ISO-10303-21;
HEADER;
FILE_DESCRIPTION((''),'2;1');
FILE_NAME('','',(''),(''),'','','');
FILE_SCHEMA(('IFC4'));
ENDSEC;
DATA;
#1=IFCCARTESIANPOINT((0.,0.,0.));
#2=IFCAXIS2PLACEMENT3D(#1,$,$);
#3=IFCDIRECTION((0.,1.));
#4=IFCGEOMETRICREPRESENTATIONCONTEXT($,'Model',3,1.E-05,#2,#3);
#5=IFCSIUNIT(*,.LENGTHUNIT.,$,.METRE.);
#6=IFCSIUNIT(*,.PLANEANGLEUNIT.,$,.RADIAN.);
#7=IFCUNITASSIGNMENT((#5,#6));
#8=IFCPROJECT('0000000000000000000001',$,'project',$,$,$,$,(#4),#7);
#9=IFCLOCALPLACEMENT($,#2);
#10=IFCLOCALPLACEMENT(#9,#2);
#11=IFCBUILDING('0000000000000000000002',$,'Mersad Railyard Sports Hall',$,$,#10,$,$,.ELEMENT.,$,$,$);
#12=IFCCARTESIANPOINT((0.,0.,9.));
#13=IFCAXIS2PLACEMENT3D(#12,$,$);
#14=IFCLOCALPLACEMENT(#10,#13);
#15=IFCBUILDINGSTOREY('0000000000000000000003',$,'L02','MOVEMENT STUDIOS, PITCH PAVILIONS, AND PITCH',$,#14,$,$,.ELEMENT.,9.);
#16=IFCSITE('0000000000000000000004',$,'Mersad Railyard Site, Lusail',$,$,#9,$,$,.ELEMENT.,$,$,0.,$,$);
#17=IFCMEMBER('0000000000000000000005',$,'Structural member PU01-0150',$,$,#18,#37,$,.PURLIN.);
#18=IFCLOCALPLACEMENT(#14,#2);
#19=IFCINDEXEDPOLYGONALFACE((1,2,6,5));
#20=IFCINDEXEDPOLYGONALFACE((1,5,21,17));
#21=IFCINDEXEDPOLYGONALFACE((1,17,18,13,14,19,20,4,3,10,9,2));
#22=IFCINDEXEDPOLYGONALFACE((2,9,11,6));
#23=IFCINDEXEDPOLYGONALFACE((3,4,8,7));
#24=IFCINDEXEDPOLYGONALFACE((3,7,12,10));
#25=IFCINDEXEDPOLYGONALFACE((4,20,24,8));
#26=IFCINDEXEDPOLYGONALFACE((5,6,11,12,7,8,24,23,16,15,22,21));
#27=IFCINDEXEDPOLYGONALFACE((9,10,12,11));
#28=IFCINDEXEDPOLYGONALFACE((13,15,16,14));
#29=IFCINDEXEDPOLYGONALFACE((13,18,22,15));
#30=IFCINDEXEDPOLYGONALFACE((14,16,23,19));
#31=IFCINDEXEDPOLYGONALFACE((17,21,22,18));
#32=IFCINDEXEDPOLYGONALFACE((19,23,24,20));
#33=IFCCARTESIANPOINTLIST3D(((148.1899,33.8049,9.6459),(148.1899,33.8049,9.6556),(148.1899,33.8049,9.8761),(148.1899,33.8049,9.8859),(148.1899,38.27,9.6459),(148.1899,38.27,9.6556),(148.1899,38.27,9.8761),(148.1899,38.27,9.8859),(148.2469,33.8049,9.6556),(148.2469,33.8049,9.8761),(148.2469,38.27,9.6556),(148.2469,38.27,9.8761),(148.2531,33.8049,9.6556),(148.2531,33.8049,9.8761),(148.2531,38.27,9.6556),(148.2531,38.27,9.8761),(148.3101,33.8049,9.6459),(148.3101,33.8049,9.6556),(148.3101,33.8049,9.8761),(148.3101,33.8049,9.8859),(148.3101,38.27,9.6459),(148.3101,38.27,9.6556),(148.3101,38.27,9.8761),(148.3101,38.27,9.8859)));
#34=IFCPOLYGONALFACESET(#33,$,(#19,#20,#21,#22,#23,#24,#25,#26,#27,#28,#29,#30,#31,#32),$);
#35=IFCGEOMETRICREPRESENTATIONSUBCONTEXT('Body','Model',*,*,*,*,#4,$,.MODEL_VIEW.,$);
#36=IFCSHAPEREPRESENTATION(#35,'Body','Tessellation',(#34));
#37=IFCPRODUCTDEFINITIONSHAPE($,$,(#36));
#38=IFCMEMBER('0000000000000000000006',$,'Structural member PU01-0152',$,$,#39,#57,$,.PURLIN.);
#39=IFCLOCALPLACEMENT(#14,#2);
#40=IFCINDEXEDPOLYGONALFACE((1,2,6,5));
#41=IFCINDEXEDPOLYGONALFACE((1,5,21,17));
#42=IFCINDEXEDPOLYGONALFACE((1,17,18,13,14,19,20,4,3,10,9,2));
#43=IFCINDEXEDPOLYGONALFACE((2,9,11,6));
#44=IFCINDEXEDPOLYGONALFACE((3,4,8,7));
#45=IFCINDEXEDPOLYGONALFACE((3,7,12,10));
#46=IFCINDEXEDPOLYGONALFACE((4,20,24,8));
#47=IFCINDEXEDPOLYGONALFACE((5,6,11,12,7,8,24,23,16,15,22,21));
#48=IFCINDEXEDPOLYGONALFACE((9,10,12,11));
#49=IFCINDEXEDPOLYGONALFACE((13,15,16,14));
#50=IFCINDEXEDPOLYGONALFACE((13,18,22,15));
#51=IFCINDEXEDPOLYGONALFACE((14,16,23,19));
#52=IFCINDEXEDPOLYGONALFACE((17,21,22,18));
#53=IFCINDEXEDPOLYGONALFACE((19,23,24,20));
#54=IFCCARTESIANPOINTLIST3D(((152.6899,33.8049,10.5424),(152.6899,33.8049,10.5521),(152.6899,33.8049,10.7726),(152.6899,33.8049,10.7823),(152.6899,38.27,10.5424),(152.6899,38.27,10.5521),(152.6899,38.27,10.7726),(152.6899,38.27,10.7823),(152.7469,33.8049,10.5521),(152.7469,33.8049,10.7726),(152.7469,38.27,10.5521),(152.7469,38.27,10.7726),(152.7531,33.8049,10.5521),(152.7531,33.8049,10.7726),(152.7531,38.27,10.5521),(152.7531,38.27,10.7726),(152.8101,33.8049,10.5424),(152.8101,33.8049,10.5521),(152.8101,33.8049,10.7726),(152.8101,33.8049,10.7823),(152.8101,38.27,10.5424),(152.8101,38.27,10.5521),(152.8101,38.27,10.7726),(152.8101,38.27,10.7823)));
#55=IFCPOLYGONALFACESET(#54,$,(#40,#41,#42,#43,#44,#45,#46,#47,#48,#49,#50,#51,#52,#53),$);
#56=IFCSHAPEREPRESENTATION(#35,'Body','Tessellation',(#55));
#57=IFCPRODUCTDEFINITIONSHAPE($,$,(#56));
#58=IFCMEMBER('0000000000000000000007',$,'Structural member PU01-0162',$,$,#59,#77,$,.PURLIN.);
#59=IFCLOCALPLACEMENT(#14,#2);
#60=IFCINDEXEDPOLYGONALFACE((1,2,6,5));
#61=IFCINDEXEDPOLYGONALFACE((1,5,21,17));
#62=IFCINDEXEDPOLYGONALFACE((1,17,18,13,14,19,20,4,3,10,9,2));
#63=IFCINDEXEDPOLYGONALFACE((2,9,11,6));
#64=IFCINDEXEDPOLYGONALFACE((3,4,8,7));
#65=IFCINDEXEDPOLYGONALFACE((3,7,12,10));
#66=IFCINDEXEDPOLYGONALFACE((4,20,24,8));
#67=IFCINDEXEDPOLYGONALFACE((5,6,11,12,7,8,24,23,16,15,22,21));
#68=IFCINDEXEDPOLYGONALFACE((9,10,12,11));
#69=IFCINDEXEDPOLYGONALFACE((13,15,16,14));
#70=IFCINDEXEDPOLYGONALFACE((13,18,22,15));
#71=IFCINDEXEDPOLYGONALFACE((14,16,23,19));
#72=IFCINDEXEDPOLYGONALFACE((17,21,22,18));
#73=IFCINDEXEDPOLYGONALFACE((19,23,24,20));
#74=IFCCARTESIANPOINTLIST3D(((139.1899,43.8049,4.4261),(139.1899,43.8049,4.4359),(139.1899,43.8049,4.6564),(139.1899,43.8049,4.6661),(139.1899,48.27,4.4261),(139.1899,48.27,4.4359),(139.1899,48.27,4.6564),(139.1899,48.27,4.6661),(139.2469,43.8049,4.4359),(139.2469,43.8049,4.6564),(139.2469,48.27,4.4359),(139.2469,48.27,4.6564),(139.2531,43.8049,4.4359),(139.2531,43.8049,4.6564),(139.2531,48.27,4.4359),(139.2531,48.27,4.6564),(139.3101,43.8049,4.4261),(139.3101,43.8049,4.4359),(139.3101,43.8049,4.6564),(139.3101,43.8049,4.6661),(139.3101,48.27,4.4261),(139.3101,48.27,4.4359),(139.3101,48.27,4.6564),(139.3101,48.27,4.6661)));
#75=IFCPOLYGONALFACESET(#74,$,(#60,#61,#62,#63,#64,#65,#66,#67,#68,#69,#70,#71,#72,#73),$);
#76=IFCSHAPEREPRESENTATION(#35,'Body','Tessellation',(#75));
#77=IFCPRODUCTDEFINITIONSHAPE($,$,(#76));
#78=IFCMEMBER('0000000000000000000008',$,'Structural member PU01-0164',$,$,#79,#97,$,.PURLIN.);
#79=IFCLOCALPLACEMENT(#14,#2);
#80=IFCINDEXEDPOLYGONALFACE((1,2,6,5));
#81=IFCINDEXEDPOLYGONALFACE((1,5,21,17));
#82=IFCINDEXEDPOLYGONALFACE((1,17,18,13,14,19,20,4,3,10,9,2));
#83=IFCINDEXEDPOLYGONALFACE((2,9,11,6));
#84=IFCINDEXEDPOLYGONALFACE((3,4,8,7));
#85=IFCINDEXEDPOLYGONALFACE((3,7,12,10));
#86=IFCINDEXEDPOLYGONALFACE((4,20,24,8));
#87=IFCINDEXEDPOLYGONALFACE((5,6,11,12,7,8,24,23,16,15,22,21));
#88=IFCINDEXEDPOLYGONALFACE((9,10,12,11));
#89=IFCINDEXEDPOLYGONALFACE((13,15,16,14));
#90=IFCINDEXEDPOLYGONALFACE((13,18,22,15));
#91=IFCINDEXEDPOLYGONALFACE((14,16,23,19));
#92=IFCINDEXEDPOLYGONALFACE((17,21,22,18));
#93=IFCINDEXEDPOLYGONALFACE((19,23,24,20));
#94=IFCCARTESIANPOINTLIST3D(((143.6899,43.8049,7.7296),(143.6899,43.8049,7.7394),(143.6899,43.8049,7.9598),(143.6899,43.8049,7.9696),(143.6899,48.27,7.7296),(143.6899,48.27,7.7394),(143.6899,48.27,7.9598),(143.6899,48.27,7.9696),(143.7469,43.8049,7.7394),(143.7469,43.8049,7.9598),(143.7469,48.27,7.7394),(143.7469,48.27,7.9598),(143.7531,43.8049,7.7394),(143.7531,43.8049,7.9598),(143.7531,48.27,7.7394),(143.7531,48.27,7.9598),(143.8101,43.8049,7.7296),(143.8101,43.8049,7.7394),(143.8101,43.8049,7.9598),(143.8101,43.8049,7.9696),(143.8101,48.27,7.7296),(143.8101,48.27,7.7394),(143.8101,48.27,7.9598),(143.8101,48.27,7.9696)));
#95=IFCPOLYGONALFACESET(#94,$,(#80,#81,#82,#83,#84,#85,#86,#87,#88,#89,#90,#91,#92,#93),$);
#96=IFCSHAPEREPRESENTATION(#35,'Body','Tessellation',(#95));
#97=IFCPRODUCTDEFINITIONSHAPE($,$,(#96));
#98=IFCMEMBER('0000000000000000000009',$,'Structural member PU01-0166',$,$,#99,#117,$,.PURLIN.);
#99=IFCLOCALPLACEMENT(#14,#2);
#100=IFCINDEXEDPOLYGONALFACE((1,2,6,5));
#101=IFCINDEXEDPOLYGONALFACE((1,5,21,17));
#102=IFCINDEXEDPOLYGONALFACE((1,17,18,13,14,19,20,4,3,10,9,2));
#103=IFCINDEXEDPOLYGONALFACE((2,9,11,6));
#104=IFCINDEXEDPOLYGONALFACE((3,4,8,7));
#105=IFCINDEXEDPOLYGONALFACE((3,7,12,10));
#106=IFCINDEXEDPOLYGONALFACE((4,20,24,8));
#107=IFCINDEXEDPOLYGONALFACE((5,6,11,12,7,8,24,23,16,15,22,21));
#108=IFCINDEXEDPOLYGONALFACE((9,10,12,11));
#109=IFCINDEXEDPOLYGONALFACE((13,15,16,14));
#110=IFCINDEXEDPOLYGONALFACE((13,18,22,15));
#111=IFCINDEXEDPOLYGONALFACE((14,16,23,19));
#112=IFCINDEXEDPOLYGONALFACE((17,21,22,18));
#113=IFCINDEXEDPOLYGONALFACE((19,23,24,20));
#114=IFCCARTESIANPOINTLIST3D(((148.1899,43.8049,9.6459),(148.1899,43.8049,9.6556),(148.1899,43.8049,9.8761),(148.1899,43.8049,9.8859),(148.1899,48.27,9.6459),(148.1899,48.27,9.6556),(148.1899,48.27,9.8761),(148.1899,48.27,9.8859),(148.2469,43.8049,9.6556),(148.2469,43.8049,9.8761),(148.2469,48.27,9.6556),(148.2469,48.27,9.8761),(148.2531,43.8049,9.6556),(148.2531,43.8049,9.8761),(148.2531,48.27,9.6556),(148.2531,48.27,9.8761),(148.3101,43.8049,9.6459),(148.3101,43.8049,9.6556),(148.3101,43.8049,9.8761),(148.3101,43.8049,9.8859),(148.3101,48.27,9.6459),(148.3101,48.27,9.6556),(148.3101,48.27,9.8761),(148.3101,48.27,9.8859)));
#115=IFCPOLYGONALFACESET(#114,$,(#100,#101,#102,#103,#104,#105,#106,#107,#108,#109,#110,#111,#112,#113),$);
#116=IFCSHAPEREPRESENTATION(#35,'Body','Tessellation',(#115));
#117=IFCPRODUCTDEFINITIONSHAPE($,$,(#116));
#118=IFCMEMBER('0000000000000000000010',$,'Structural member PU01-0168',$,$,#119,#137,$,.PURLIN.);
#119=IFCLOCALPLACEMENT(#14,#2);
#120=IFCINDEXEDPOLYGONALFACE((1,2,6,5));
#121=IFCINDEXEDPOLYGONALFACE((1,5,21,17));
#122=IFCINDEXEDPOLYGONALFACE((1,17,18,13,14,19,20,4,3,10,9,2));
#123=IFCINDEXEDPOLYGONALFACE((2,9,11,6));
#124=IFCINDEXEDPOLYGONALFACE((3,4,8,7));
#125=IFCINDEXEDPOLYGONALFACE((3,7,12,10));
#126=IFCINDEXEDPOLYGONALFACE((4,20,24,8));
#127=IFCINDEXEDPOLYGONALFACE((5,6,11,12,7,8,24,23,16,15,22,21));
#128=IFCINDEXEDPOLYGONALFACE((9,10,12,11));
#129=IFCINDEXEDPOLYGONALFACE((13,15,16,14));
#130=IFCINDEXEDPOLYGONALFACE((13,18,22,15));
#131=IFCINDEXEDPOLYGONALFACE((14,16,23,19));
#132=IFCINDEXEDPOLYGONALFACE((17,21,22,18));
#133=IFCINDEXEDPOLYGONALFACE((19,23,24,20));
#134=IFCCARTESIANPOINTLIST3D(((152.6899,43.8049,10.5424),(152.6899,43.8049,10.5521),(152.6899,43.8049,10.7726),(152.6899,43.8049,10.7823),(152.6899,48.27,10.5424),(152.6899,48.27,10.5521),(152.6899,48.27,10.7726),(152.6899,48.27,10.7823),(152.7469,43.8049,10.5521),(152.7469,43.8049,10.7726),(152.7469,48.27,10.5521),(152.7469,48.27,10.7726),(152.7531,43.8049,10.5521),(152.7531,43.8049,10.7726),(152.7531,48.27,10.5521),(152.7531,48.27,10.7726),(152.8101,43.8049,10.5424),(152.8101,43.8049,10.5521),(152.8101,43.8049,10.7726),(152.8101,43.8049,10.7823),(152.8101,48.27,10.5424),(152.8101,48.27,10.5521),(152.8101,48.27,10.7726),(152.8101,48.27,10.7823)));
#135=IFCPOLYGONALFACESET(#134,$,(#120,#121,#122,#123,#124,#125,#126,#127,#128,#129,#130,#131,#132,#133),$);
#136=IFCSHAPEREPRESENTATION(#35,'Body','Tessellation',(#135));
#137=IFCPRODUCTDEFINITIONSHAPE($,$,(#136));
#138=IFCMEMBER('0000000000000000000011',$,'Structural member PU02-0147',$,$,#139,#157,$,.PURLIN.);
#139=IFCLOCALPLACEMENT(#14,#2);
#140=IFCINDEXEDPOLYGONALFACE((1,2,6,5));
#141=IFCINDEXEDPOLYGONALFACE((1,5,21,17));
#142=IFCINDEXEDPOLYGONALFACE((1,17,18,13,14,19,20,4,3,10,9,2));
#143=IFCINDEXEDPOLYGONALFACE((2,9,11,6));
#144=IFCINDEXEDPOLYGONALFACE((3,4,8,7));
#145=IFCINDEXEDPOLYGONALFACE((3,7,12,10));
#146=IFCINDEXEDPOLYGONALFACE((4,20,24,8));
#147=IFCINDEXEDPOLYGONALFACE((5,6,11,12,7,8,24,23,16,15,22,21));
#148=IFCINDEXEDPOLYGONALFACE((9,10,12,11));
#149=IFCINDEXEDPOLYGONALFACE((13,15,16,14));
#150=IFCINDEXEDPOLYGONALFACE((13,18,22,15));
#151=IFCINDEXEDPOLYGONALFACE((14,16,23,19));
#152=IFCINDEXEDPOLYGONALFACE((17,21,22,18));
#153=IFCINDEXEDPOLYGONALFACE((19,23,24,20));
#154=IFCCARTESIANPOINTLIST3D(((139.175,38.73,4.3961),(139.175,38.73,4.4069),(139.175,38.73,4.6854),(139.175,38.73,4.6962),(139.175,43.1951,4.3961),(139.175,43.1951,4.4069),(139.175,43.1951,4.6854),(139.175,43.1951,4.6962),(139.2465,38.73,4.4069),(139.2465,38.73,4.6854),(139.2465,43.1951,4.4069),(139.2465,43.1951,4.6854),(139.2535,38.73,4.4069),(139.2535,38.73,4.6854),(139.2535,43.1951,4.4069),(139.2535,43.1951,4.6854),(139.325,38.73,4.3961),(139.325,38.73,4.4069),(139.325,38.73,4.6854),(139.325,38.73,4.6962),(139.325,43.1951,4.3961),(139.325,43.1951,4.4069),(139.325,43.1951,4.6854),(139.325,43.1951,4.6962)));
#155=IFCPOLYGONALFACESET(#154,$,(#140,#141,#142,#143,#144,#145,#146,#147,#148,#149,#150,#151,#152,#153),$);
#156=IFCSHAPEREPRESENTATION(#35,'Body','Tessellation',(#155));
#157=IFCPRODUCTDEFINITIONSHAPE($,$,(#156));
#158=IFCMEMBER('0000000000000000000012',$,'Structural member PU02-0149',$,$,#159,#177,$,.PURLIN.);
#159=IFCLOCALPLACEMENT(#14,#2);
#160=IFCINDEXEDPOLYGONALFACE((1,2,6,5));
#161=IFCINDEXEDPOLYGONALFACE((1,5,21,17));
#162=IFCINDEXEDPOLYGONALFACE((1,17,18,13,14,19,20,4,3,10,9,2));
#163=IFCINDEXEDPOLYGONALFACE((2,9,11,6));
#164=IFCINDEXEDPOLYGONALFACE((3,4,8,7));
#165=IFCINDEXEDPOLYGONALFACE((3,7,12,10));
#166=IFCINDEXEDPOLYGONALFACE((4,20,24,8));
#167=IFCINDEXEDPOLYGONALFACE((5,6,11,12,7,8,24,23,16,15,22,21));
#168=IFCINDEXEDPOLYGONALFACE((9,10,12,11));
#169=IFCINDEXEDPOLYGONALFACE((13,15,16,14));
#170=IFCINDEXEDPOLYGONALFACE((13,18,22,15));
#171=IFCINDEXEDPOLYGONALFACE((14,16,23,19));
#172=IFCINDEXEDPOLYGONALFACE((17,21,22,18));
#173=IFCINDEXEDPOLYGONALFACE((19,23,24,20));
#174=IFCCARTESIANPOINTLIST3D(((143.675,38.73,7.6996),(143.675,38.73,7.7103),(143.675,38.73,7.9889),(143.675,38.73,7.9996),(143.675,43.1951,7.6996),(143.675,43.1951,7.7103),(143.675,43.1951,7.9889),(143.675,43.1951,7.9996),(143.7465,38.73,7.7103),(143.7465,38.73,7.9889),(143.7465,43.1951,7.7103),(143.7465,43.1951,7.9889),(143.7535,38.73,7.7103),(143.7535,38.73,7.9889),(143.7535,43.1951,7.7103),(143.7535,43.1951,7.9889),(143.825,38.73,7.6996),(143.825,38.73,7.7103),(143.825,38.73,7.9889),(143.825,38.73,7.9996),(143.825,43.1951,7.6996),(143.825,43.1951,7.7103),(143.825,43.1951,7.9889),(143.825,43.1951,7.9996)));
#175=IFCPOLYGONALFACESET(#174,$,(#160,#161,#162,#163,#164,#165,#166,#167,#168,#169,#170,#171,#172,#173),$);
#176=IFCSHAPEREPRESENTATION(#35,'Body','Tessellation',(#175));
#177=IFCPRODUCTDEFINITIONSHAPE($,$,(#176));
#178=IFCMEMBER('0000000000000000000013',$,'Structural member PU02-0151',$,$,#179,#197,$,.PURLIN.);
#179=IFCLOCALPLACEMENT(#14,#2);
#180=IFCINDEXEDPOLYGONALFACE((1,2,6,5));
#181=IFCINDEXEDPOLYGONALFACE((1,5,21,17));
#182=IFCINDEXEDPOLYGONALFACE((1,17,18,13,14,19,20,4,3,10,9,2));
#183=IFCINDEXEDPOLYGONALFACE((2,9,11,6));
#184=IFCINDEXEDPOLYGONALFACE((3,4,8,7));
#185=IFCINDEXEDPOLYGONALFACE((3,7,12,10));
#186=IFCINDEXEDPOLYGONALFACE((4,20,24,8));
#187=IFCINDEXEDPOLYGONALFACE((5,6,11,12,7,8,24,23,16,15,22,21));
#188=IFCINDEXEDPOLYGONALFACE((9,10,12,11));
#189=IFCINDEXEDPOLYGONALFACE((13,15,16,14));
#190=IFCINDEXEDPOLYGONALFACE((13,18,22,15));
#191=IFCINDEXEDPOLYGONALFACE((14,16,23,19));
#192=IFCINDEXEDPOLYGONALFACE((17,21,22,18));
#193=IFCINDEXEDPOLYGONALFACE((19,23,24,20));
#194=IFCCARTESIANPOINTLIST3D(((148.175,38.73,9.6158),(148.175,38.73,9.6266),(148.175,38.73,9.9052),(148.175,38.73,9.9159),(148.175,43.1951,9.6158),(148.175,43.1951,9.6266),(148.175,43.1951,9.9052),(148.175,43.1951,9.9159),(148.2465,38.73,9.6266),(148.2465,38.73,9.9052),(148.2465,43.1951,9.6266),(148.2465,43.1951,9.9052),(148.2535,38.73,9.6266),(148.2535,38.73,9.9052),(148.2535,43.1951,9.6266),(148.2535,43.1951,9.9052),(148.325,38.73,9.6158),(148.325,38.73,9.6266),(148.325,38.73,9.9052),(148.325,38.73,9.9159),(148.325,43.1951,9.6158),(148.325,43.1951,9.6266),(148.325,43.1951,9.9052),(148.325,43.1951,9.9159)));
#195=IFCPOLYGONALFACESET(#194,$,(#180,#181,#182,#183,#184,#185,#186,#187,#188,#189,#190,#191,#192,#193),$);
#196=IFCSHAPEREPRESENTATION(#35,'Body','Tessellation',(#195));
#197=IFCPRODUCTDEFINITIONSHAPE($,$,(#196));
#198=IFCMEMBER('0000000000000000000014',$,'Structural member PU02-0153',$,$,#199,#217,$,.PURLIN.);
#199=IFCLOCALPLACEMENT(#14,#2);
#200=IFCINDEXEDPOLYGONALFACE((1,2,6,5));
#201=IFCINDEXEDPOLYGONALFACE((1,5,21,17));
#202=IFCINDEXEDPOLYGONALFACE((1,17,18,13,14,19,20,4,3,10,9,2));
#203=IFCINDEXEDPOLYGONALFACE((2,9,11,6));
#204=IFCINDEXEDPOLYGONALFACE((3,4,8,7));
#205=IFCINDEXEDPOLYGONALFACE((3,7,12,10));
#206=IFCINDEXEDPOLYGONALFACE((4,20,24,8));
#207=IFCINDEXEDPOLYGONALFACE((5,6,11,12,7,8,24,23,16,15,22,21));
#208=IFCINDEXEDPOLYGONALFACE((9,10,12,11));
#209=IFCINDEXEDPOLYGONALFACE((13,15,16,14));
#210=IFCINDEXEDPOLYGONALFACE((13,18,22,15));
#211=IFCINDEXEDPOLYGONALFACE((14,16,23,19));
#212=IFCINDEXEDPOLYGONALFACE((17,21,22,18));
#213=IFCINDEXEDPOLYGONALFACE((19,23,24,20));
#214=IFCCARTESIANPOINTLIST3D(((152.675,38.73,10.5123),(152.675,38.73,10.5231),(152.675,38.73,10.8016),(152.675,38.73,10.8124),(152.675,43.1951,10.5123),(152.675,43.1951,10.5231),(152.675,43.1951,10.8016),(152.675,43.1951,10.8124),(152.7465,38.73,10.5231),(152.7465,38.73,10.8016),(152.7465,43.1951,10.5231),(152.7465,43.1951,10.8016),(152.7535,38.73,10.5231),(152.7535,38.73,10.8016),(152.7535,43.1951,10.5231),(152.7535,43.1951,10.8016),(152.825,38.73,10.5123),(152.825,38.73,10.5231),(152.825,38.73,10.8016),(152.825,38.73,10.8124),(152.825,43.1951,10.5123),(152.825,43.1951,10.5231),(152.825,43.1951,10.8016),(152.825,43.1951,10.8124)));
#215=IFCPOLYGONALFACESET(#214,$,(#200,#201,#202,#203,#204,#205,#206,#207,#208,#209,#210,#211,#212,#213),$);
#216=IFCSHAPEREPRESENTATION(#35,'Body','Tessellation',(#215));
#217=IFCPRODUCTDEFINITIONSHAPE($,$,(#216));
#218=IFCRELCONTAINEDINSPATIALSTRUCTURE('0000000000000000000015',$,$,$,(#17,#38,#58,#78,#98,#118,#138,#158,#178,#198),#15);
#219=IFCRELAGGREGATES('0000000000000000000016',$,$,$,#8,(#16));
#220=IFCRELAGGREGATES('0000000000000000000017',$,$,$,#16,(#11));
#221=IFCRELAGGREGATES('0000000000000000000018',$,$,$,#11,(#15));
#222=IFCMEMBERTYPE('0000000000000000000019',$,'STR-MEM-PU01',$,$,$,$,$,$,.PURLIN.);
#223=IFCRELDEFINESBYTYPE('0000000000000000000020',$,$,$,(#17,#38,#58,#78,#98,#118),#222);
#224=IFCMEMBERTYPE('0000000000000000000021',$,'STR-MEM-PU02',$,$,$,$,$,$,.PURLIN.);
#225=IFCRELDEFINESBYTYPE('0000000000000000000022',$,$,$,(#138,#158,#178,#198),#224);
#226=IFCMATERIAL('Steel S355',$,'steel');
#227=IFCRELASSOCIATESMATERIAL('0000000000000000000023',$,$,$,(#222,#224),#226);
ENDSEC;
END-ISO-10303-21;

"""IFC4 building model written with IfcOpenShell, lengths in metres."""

from ifc_helpers import new_model, si_unit, direction, frame, origin, origin_2d, place, context, subcontext, project, spatial, i_section, extrude, material, material_profile, profile_set, type_object, element, save


model = new_model("IFC4")

# Units and contexts
model_context = context("Model", 3, precision=1e-05, world=origin(), true_north=direction((0.0, 1.0)))
body_context = subcontext(model_context, "Body", "Model", "MODEL_VIEW")
ifc_project = project(units=[si_unit("LENGTHUNIT", "METRE"), si_unit("PLANEANGLEUNIT", "RADIAN")], contexts=[model_context])

# Site, building, storey
site_placement = place(None, origin())
site = spatial("IfcSite", under=ifc_project, at=site_placement, Name="Mersad Railyard Site, Lusail", CompositionType="ELEMENT", RefElevation=0.0)
building_placement = place(site_placement, origin())
building = spatial("IfcBuilding", under=site, at=building_placement, Name="Mersad Railyard Sports Hall", CompositionType="ELEMENT")
storey_placement = place(building_placement, frame((0.0, 0.0, 9.0)))
storey = spatial("IfcBuildingStorey", under=building, at=storey_placement, Name="L02", Description="MOVEMENT STUDIOS, PITCH PAVILIONS, AND PITCH", CompositionType="ELEMENT", Elevation=9.0)

# Members
ifc_material_1 = material(Name="Steel S355", Category="steel")
ifc_material_profile_1 = material_profile(ifc_material_1, i_section(OverallWidth=0.1201, OverallDepth=0.24, WebThickness=0.0061, FlangeThickness=0.0098, at=origin_2d()), Name="IPE 240")
ifc_profile_set_1 = profile_set([ifc_material_profile_1], Name="Steel S355")
member_type_1 = type_object("IfcMemberType", Name="STR-MEM-PU01", PredefinedType="PURLIN", material=ifc_profile_set_1)
for number, where, z_axis, x_axis, name in (
    (1, (148.25, 33.8049, 9.7659), (0.0, 1.0, 0.0), (-1.0, 0.0, 0.0), "Structural member PU01-0150"),
    (2, (152.75, 33.8049, 10.6624), (0.0, 1.0, 0.0), (-1.0, 0.0, 0.0), "Structural member PU01-0152"),
    (3, (139.25, 43.8049, 4.5461), (0.0, 1.0, 0.0), (-1.0, 0.0, 0.0), "Structural member PU01-0162"),
    (4, (143.75, 43.8049, 7.8496), (0.0, 1.0, 0.0), (-1.0, 0.0, 0.0), "Structural member PU01-0164"),
    (5, (148.25, 43.8049, 9.7659), (0.0, 1.0, 0.0), (-1.0, 0.0, 0.0), "Structural member PU01-0166"),
    (6, (152.75, 43.8049, 10.6624), (0.0, 1.0, 0.0), (-1.0, 0.0, 0.0), "Structural member PU01-0168"),
):
    element("IfcMember", number, at=place(storey_placement, frame(where, z_axis=z_axis, x_axis=x_axis)), inside=storey, type_object=member_type_1, Name=name, PredefinedType="PURLIN", context=body_context, shape_type="SweptSolid", body=[
        extrude(i_section(OverallWidth=0.1201, OverallDepth=0.24, WebThickness=0.0061, FlangeThickness=0.0098, at=origin_2d()), origin(), (0.0, 0.0, 1.0), 4.4651),
    ])
ifc_material_profile_2 = material_profile(ifc_material_1, i_section(OverallWidth=0.1499, OverallDepth=0.3, WebThickness=0.0071, FlangeThickness=0.0107, at=origin_2d()), Name="IPE 300")
ifc_profile_set_2 = profile_set([ifc_material_profile_2], Name="Steel S355")
member_type_2 = type_object("IfcMemberType", Name="STR-MEM-PU02", PredefinedType="PURLIN", material=ifc_profile_set_2)
for number, where, z_axis, x_axis, name in (
    (7, (139.25, 38.73, 4.5461), (0.0, 1.0, 0.0), (-1.0, 0.0, 0.0), "Structural member PU02-0147"),
    (8, (143.75, 38.73, 7.8496), (0.0, 1.0, 0.0), (-1.0, 0.0, 0.0), "Structural member PU02-0149"),
    (9, (148.25, 38.73, 9.7659), (0.0, 1.0, 0.0), (-1.0, 0.0, 0.0), "Structural member PU02-0151"),
    (10, (152.75, 38.73, 10.6624), (0.0, 1.0, 0.0), (-1.0, 0.0, 0.0), "Structural member PU02-0153"),
):
    element("IfcMember", number, at=place(storey_placement, frame(where, z_axis=z_axis, x_axis=x_axis)), inside=storey, type_object=member_type_2, Name=name, PredefinedType="PURLIN", context=body_context, shape_type="SweptSolid", body=[
        extrude(i_section(OverallWidth=0.1499, OverallDepth=0.3, WebThickness=0.0071, FlangeThickness=0.0107, at=origin_2d()), origin(), (0.0, 0.0, 1.0), 4.4651),
    ])

save(model, "model.ifc")
